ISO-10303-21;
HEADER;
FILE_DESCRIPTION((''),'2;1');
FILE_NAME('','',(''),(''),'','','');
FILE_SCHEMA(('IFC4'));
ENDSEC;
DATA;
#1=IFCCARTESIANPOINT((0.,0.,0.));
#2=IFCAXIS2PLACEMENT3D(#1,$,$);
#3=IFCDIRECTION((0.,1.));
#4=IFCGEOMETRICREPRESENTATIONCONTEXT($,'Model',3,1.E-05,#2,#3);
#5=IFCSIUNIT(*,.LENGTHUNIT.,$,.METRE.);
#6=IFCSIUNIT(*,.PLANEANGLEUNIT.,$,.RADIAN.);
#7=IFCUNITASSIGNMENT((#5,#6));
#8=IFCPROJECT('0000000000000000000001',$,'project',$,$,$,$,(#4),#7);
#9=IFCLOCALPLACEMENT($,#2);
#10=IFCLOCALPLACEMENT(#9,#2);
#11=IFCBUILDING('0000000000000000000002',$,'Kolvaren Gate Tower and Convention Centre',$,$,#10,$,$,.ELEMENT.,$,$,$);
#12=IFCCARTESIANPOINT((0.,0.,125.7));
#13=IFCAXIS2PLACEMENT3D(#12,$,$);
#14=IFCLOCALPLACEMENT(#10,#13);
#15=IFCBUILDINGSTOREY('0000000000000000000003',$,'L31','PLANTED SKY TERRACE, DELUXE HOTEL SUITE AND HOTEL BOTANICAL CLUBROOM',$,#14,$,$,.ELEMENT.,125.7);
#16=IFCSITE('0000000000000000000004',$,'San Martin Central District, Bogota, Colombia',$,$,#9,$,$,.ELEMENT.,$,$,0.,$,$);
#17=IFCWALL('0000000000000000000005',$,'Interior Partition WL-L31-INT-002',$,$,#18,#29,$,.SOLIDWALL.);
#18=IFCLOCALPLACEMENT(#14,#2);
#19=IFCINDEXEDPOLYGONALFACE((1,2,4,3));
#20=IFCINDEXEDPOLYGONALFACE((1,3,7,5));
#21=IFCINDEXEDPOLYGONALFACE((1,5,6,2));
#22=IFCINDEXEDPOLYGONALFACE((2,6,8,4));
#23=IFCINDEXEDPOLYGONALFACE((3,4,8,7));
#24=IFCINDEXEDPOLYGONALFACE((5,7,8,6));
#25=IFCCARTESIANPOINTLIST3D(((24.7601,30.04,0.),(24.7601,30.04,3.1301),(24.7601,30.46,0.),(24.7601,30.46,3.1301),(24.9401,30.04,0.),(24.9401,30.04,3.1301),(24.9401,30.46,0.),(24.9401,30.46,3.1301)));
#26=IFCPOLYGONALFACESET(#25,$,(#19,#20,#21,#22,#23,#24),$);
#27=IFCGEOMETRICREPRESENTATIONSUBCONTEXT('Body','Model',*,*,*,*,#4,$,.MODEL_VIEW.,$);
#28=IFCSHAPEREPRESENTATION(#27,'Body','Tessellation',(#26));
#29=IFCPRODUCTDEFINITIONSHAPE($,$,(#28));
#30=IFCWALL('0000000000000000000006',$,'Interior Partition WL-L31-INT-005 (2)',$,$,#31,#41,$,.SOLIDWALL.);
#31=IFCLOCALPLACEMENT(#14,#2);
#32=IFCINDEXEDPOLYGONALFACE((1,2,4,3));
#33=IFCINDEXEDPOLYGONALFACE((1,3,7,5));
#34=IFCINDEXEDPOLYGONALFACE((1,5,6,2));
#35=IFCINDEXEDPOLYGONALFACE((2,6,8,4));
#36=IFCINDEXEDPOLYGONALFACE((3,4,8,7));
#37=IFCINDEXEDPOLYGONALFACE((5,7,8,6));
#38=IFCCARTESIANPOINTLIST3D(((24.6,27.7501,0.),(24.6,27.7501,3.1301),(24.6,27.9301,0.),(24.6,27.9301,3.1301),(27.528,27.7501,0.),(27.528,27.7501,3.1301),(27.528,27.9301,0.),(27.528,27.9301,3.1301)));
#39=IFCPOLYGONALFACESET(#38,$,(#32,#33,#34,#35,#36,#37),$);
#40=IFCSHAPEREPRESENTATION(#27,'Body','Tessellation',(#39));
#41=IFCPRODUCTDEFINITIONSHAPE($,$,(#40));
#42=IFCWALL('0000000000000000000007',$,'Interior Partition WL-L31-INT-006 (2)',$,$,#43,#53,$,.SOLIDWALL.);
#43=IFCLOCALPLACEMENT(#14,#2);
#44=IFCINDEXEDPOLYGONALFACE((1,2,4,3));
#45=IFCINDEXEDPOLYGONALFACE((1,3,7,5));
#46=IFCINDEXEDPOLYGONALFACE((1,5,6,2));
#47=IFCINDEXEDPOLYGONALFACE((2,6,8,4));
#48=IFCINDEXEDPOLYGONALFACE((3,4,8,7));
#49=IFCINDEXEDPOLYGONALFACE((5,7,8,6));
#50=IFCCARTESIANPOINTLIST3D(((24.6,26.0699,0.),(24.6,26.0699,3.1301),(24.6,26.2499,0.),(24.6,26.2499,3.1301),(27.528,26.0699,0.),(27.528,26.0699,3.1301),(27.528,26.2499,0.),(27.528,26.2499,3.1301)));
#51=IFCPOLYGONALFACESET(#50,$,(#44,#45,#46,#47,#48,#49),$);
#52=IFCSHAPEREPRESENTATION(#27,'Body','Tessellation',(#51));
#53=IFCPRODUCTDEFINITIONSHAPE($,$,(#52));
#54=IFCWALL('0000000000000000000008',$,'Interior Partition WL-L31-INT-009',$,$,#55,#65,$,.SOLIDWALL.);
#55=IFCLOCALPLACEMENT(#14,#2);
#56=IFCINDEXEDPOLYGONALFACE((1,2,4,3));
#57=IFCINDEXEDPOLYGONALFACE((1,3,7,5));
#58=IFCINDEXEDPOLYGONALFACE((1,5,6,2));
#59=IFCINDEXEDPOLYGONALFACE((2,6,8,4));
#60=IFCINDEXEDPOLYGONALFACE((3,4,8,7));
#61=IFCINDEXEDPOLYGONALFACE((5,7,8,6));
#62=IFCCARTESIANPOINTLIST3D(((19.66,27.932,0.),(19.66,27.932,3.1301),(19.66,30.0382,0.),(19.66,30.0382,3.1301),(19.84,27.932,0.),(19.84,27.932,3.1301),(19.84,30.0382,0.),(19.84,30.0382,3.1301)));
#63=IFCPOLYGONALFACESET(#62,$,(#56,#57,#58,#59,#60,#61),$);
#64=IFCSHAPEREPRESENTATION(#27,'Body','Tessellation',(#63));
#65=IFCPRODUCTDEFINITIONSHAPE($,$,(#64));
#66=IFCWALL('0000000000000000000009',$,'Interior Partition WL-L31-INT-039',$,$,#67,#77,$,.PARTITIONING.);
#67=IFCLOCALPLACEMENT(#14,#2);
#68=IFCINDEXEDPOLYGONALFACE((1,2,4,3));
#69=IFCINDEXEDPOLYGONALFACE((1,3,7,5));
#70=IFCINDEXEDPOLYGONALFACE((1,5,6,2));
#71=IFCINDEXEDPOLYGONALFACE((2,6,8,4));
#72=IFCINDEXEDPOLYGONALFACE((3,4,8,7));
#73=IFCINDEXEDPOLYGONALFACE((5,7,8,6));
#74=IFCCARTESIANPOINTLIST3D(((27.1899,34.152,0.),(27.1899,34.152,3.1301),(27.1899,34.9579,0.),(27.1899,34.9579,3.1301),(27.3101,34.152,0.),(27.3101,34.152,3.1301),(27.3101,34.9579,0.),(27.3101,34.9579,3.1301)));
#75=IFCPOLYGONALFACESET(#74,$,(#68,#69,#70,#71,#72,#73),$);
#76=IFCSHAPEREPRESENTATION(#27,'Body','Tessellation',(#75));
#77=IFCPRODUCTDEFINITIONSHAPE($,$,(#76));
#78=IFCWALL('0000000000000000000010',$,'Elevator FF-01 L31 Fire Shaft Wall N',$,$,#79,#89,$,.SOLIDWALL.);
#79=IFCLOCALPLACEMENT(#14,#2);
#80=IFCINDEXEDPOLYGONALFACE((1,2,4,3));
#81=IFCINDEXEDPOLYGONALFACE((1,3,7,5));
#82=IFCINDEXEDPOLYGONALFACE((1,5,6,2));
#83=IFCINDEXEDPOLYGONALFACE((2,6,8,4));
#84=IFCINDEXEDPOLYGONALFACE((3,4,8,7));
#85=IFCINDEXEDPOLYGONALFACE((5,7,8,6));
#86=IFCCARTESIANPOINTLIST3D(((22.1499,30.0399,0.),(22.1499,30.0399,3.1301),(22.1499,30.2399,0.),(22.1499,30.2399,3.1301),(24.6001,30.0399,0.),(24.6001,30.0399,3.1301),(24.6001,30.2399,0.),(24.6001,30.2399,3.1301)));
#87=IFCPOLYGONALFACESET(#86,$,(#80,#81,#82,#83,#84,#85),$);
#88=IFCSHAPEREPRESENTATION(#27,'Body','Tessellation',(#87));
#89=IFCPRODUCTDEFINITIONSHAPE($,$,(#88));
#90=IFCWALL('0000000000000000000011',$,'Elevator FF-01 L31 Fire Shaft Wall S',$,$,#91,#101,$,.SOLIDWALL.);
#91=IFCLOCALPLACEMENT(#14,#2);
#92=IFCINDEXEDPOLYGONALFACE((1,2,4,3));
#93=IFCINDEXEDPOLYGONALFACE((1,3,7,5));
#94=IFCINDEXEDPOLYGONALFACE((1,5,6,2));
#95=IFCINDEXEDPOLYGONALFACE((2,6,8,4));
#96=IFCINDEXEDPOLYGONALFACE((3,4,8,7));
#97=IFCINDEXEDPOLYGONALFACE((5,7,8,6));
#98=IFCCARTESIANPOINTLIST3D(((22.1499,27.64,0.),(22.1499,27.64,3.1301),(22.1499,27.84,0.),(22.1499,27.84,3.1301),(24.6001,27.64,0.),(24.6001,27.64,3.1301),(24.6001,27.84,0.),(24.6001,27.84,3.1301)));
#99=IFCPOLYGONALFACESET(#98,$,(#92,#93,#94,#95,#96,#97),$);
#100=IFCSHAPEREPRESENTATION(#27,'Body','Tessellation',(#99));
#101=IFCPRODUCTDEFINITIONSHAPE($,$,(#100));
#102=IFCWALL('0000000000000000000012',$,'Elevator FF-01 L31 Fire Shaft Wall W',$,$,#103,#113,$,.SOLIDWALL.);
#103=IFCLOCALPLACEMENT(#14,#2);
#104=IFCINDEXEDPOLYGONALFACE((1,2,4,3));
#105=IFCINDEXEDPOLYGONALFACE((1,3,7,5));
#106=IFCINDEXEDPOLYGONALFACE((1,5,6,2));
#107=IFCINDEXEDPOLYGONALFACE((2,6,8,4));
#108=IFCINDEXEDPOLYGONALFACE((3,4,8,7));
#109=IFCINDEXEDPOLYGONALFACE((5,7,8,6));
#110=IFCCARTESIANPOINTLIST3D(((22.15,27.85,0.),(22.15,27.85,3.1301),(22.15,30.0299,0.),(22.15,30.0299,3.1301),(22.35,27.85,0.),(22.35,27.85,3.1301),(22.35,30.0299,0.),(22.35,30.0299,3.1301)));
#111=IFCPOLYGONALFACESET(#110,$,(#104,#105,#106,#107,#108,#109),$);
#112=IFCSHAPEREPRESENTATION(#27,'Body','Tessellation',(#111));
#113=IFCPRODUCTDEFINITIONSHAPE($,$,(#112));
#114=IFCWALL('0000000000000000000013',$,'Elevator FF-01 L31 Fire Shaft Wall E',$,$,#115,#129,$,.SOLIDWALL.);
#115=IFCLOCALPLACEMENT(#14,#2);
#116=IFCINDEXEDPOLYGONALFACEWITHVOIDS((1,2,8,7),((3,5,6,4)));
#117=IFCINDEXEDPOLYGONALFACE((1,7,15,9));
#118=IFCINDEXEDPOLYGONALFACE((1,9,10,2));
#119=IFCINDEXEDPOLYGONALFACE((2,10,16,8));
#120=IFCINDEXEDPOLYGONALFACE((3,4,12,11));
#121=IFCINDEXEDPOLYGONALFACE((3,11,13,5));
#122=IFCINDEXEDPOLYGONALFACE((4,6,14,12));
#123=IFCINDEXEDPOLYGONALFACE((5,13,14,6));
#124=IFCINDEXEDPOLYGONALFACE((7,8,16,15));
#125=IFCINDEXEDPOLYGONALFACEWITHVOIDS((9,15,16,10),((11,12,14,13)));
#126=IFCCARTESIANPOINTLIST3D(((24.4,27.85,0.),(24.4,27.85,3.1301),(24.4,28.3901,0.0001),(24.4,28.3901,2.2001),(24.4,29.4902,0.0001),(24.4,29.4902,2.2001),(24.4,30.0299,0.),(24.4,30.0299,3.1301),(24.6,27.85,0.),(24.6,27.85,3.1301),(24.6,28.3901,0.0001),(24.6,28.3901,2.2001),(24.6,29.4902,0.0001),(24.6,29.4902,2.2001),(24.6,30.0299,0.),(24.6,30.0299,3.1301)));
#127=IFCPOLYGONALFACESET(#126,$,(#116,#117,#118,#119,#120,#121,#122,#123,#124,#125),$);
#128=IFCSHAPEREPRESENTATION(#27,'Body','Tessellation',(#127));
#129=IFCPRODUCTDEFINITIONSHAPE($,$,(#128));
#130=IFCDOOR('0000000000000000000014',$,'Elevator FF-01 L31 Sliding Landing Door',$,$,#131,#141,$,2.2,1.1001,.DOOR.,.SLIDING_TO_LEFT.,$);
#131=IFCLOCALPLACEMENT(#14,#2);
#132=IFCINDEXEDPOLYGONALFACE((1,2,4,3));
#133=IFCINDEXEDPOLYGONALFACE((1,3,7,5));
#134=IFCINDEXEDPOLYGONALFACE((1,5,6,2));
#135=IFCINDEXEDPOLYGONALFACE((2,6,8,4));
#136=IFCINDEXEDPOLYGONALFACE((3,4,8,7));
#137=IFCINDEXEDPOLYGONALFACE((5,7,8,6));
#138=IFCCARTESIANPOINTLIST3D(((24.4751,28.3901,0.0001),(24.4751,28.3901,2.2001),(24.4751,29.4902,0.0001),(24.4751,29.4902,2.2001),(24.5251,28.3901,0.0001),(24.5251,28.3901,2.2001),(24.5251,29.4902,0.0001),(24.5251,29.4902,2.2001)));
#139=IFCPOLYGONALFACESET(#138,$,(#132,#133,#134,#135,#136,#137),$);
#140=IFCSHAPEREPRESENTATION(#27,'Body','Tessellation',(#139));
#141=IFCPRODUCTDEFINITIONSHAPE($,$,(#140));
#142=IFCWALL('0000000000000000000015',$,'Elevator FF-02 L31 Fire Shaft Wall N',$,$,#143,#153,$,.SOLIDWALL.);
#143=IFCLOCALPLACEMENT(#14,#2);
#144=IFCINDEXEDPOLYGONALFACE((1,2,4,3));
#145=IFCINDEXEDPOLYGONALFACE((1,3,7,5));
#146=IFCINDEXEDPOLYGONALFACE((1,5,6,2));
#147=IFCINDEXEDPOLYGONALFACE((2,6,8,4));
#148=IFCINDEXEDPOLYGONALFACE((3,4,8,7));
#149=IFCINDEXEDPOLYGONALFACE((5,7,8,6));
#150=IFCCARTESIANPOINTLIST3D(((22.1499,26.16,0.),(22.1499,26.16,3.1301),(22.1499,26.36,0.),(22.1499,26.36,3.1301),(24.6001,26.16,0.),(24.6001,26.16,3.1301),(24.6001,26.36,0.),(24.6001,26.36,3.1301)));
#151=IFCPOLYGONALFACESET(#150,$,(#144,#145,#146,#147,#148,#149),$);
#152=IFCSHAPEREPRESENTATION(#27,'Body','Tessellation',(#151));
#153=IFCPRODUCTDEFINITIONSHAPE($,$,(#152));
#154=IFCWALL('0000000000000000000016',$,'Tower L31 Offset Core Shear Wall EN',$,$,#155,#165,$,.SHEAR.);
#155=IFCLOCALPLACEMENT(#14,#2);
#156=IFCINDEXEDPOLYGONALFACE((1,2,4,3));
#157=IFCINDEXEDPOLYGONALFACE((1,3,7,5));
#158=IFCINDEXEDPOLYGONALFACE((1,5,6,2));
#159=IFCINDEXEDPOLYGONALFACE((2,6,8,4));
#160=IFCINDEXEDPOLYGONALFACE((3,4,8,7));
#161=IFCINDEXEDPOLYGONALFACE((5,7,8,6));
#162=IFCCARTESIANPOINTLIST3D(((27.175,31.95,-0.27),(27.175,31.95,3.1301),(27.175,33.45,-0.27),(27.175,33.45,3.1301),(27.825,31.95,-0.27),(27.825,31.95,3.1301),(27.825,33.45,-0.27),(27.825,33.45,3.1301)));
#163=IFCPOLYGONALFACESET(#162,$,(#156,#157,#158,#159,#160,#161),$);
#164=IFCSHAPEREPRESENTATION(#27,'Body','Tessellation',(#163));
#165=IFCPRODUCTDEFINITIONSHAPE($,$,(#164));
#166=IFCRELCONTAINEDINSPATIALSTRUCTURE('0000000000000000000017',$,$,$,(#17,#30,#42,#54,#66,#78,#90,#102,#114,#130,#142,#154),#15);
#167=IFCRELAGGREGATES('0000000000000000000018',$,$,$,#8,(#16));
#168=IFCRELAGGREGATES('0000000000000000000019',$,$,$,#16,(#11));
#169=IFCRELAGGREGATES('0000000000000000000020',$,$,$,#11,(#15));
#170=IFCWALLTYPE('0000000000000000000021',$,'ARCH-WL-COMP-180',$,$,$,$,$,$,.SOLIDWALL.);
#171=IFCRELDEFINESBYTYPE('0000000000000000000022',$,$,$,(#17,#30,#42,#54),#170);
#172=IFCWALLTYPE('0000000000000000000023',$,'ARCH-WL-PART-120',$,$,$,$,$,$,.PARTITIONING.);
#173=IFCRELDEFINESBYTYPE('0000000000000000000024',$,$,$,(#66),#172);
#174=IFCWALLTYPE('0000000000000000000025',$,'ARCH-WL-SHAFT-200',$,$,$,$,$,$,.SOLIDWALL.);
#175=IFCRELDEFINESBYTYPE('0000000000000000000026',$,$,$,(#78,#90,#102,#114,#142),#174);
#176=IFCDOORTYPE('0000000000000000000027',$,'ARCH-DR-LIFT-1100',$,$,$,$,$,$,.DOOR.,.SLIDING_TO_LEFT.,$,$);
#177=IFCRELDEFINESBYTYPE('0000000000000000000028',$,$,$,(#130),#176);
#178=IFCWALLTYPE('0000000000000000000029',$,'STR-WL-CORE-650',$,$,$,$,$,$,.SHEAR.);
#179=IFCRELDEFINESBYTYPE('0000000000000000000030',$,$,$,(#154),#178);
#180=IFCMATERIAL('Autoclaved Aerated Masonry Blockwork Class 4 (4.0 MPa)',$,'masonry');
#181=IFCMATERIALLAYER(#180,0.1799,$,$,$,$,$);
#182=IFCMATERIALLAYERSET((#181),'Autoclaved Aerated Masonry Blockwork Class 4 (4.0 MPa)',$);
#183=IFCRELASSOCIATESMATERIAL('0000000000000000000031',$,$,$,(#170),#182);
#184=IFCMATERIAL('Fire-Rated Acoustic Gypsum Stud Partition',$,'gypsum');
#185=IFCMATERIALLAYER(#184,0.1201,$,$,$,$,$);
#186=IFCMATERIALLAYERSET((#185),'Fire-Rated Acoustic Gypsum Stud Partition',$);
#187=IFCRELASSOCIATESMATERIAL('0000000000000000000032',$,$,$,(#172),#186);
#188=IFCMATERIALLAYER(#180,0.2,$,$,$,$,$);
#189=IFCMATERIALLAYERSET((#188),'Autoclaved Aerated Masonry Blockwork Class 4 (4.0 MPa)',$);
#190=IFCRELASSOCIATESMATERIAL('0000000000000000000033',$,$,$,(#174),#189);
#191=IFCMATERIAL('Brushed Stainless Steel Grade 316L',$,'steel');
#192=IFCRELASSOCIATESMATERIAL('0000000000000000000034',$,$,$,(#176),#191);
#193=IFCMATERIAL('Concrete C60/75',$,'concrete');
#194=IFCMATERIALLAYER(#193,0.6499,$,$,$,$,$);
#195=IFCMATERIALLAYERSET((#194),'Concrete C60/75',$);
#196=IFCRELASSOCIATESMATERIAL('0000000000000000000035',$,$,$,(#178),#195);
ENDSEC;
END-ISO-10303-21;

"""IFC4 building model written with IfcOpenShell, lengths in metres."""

from ifc_helpers import new_model, si_unit, direction, frame, frame_2d, origin, place, context, subcontext, project, spatial, rectangle, extrude, material, layer, layer_set, type_object, element, fill, save


model = new_model("IFC4")

# Units and contexts
model_context = context("Model", 3, precision=1e-05, world=origin(), true_north=direction((0.0, 1.0)))
body_context = subcontext(model_context, "Body", "Model", "MODEL_VIEW")
ifc_project = project(units=[si_unit("LENGTHUNIT", "METRE"), si_unit("PLANEANGLEUNIT", "RADIAN")], contexts=[model_context])

# Site, building, storey
site_placement = place(None, origin())
site = spatial("IfcSite", under=ifc_project, at=site_placement, Name="San Martin Central District, Bogota, Colombia", CompositionType="ELEMENT", RefElevation=0.0)
building_placement = place(site_placement, origin())
building = spatial("IfcBuilding", under=site, at=building_placement, Name="Kolvaren Gate Tower and Convention Centre", CompositionType="ELEMENT")
storey_placement = place(building_placement, frame((0.0, 0.0, 125.7)))
storey = spatial("IfcBuildingStorey", under=building, at=storey_placement, Name="L31", Description="PLANTED SKY TERRACE, DELUXE HOTEL SUITE AND HOTEL BOTANICAL CLUBROOM", CompositionType="ELEMENT", Elevation=125.7)

# Walls
ifc_material_1 = material(Name="Autoclaved Aerated Masonry Blockwork Class 4 (4.0 MPa)", Category="masonry")
ifc_layer_1 = layer(ifc_material_1, 0.1799)
ifc_layer_set_1 = layer_set([ifc_layer_1], Name="Autoclaved Aerated Masonry Blockwork Class 4 (4.0 MPa)")
wall_type_1 = type_object("IfcWallType", Name="ARCH-WL-COMP-180", PredefinedType="SOLIDWALL", material=ifc_layer_set_1)
wall_1_placement = place(storey_placement, frame((24.8501, 30.04, 0.0), z_axis=(0.0, 0.0, 1.0), x_axis=(0.0, 1.0, 0.0)))
element("IfcWall", 1, at=wall_1_placement, inside=storey, type_object=wall_type_1, Name="Interior Partition WL-L31-INT-002", PredefinedType="SOLIDWALL", context=body_context, shape_type="SweptSolid", body=[
    extrude(rectangle(XDim=0.4199, YDim=0.1799, at=frame_2d((0.21, 0.0))), origin(), (0.0, 0.0, 1.0), 3.1301),
])
for number, where, z_axis, x_axis, name in (
    (2, (24.6001, 27.8401, 0.0), (0.0, 0.0, 1.0), (1.0, 0.0, 0.0), "Interior Partition WL-L31-INT-005 (2)"),
    (3, (24.6001, 26.1599, 0.0), (0.0, 0.0, 1.0), (1.0, 0.0, 0.0), "Interior Partition WL-L31-INT-006 (2)"),
):
    element("IfcWall", number, at=place(storey_placement, frame(where, z_axis=z_axis, x_axis=x_axis)), inside=storey, type_object=wall_type_1, Name=name, PredefinedType="SOLIDWALL", context=body_context, shape_type="SweptSolid", body=[
        extrude(rectangle(XDim=2.928, YDim=0.1799, at=frame_2d((1.4639, 0.0))), origin(), (0.0, 0.0, 1.0), 3.1301),
    ])
wall_2_placement = place(storey_placement, frame((19.75, 27.9319, 0.0), z_axis=(0.0, 0.0, 1.0), x_axis=(0.0, 1.0, 0.0)))
element("IfcWall", 4, at=wall_2_placement, inside=storey, type_object=wall_type_1, Name="Interior Partition WL-L31-INT-009", PredefinedType="SOLIDWALL", context=body_context, shape_type="SweptSolid", body=[
    extrude(rectangle(XDim=2.1062, YDim=0.1799, at=frame_2d((1.0532, 0.0))), origin(), (0.0, 0.0, 1.0), 3.1301),
])
ifc_material_2 = material(Name="Fire-Rated Acoustic Gypsum Stud Partition", Category="gypsum")
ifc_layer_2 = layer(ifc_material_2, 0.1201)
ifc_layer_set_2 = layer_set([ifc_layer_2], Name="Fire-Rated Acoustic Gypsum Stud Partition")
wall_type_2 = type_object("IfcWallType", Name="ARCH-WL-PART-120", PredefinedType="PARTITIONING", material=ifc_layer_set_2)
wall_3_placement = place(storey_placement, frame((27.25, 34.1521, 0.0), z_axis=(0.0, 0.0, 1.0), x_axis=(0.0, 1.0, 0.0)))
element("IfcWall", 5, at=wall_3_placement, inside=storey, type_object=wall_type_2, Name="Interior Partition WL-L31-INT-039", PredefinedType="PARTITIONING", context=body_context, shape_type="SweptSolid", body=[
    extrude(rectangle(XDim=0.8059, YDim=0.1201, at=frame_2d((0.4028, 0.0))), origin(), (0.0, 0.0, 1.0), 3.1301),
])
ifc_layer_3 = layer(ifc_material_1, 0.2)
ifc_layer_set_3 = layer_set([ifc_layer_3], Name="Autoclaved Aerated Masonry Blockwork Class 4 (4.0 MPa)")
wall_type_3 = type_object("IfcWallType", Name="ARCH-WL-SHAFT-200", PredefinedType="SOLIDWALL", material=ifc_layer_set_3)
for number, where, z_axis, x_axis, name in (
    (6, (22.1499, 30.1399, 0.0), (0.0, 0.0, 1.0), (1.0, 0.0, 0.0), "Elevator FF-01 L31 Fire Shaft Wall N"),
    (7, (22.1499, 27.74, 0.0), (0.0, 0.0, 1.0), (1.0, 0.0, 0.0), "Elevator FF-01 L31 Fire Shaft Wall S"),
):
    element("IfcWall", number, at=place(storey_placement, frame(where, z_axis=z_axis, x_axis=x_axis)), inside=storey, type_object=wall_type_3, Name=name, PredefinedType="SOLIDWALL", context=body_context, shape_type="SweptSolid", body=[
        extrude(rectangle(XDim=2.4502, YDim=0.2, at=frame_2d((1.2251, 0.0))), origin(), (0.0, 0.0, 1.0), 3.1301),
    ])
wall_4_placement = place(storey_placement, frame((22.25, 27.8501, 0.0), z_axis=(0.0, 0.0, 1.0), x_axis=(0.0, 1.0, 0.0)))
element("IfcWall", 8, at=wall_4_placement, inside=storey, type_object=wall_type_3, Name="Elevator FF-01 L31 Fire Shaft Wall W", PredefinedType="SOLIDWALL", context=body_context, shape_type="SweptSolid", body=[
    extrude(rectangle(XDim=2.1799, YDim=0.2, at=frame_2d((1.0898, 0.0))), origin(), (0.0, 0.0, 1.0), 3.1301),
])

# Wall, opening, door
wall_5_placement = place(storey_placement, frame((24.5, 27.8501, 0.0), z_axis=(0.0, 0.0, 1.0), x_axis=(0.0, 1.0, 0.0)))
wall_5 = element("IfcWall", 9, at=wall_5_placement, inside=storey, type_object=wall_type_3, Name="Elevator FF-01 L31 Fire Shaft Wall E", PredefinedType="SOLIDWALL", context=body_context, shape_type="SweptSolid", body=[
    extrude(rectangle(XDim=2.1799, YDim=0.2, at=frame_2d((1.0898, 0.0))), origin(), (0.0, 0.0, 1.0), 3.1301),
])
opening_1_placement = place(wall_5_placement, frame((0.54, 0.0, 0.0)))
opening_1 = element("IfcOpeningElement", 10, at=opening_1_placement, cuts=wall_5, PredefinedType="OPENING", context=body_context, shape_type="SweptSolid", body=[
    extrude(rectangle(XDim=1.1001, YDim=2.2, at=frame_2d((0.55, 1.1001))), frame((0.0, 0.1099, 0.0), z_axis=(0.0, -1.0, 0.0), x_axis=(1.0, 0.0, 0.0)), (0.0, 0.0, 1.0), 0.22),
])
ifc_material_3 = material(Name="Brushed Stainless Steel Grade 316L", Category="steel")
door_type_1 = type_object("IfcDoorType", Name="ARCH-DR-LIFT-1100", OperationType="SLIDING_TO_LEFT", PredefinedType="DOOR", material=ifc_material_3)
door_1_placement = place(opening_1_placement, origin())
door_1 = element("IfcDoor", 11, at=door_1_placement, inside=storey, type_object=door_type_1, Name="Elevator FF-01 L31 Sliding Landing Door", OperationType="SLIDING_TO_LEFT", OverallHeight=2.2, OverallWidth=1.1001, PredefinedType="DOOR", context=body_context, shape_type="SweptSolid", body=[
    extrude(rectangle(XDim=1.1001, YDim=2.2, at=frame_2d((0.55, 1.1001))), frame((0.0, 0.0249, 0.0), z_axis=(0.0, -1.0, 0.0), x_axis=(1.0, 0.0, 0.0)), (0.0, 0.0, 1.0), 0.05),
])
fill(opening_1, door_1)

# Walls
wall_6_placement = place(storey_placement, frame((22.1499, 26.26, 0.0), z_axis=(0.0, 0.0, 1.0), x_axis=(1.0, 0.0, 0.0)))
element("IfcWall", 12, at=wall_6_placement, inside=storey, type_object=wall_type_3, Name="Elevator FF-02 L31 Fire Shaft Wall N", PredefinedType="SOLIDWALL", context=body_context, shape_type="SweptSolid", body=[
    extrude(rectangle(XDim=2.4502, YDim=0.2, at=frame_2d((1.2251, 0.0))), origin(), (0.0, 0.0, 1.0), 3.1301),
])
ifc_material_4 = material(Name="Concrete C60/75", Category="concrete")
ifc_layer_4 = layer(ifc_material_4, 0.6499)
ifc_layer_set_4 = layer_set([ifc_layer_4], Name="Concrete C60/75")
wall_type_4 = type_object("IfcWallType", Name="STR-WL-CORE-650", PredefinedType="SHEAR", material=ifc_layer_set_4)
wall_7_placement = place(storey_placement, frame((27.5, 31.95, -0.27), z_axis=(0.0, 0.0, 1.0), x_axis=(0.0, 1.0, 0.0)))
element("IfcWall", 13, at=wall_7_placement, inside=storey, type_object=wall_type_4, Name="Tower L31 Offset Core Shear Wall EN", PredefinedType="SHEAR", context=body_context, shape_type="SweptSolid", body=[
    extrude(rectangle(XDim=1.5, YDim=0.6499, at=frame_2d((0.75, 0.0))), origin(), (0.0, 0.0, 1.0), 3.4001),
])

save(model, "model.ifc")
